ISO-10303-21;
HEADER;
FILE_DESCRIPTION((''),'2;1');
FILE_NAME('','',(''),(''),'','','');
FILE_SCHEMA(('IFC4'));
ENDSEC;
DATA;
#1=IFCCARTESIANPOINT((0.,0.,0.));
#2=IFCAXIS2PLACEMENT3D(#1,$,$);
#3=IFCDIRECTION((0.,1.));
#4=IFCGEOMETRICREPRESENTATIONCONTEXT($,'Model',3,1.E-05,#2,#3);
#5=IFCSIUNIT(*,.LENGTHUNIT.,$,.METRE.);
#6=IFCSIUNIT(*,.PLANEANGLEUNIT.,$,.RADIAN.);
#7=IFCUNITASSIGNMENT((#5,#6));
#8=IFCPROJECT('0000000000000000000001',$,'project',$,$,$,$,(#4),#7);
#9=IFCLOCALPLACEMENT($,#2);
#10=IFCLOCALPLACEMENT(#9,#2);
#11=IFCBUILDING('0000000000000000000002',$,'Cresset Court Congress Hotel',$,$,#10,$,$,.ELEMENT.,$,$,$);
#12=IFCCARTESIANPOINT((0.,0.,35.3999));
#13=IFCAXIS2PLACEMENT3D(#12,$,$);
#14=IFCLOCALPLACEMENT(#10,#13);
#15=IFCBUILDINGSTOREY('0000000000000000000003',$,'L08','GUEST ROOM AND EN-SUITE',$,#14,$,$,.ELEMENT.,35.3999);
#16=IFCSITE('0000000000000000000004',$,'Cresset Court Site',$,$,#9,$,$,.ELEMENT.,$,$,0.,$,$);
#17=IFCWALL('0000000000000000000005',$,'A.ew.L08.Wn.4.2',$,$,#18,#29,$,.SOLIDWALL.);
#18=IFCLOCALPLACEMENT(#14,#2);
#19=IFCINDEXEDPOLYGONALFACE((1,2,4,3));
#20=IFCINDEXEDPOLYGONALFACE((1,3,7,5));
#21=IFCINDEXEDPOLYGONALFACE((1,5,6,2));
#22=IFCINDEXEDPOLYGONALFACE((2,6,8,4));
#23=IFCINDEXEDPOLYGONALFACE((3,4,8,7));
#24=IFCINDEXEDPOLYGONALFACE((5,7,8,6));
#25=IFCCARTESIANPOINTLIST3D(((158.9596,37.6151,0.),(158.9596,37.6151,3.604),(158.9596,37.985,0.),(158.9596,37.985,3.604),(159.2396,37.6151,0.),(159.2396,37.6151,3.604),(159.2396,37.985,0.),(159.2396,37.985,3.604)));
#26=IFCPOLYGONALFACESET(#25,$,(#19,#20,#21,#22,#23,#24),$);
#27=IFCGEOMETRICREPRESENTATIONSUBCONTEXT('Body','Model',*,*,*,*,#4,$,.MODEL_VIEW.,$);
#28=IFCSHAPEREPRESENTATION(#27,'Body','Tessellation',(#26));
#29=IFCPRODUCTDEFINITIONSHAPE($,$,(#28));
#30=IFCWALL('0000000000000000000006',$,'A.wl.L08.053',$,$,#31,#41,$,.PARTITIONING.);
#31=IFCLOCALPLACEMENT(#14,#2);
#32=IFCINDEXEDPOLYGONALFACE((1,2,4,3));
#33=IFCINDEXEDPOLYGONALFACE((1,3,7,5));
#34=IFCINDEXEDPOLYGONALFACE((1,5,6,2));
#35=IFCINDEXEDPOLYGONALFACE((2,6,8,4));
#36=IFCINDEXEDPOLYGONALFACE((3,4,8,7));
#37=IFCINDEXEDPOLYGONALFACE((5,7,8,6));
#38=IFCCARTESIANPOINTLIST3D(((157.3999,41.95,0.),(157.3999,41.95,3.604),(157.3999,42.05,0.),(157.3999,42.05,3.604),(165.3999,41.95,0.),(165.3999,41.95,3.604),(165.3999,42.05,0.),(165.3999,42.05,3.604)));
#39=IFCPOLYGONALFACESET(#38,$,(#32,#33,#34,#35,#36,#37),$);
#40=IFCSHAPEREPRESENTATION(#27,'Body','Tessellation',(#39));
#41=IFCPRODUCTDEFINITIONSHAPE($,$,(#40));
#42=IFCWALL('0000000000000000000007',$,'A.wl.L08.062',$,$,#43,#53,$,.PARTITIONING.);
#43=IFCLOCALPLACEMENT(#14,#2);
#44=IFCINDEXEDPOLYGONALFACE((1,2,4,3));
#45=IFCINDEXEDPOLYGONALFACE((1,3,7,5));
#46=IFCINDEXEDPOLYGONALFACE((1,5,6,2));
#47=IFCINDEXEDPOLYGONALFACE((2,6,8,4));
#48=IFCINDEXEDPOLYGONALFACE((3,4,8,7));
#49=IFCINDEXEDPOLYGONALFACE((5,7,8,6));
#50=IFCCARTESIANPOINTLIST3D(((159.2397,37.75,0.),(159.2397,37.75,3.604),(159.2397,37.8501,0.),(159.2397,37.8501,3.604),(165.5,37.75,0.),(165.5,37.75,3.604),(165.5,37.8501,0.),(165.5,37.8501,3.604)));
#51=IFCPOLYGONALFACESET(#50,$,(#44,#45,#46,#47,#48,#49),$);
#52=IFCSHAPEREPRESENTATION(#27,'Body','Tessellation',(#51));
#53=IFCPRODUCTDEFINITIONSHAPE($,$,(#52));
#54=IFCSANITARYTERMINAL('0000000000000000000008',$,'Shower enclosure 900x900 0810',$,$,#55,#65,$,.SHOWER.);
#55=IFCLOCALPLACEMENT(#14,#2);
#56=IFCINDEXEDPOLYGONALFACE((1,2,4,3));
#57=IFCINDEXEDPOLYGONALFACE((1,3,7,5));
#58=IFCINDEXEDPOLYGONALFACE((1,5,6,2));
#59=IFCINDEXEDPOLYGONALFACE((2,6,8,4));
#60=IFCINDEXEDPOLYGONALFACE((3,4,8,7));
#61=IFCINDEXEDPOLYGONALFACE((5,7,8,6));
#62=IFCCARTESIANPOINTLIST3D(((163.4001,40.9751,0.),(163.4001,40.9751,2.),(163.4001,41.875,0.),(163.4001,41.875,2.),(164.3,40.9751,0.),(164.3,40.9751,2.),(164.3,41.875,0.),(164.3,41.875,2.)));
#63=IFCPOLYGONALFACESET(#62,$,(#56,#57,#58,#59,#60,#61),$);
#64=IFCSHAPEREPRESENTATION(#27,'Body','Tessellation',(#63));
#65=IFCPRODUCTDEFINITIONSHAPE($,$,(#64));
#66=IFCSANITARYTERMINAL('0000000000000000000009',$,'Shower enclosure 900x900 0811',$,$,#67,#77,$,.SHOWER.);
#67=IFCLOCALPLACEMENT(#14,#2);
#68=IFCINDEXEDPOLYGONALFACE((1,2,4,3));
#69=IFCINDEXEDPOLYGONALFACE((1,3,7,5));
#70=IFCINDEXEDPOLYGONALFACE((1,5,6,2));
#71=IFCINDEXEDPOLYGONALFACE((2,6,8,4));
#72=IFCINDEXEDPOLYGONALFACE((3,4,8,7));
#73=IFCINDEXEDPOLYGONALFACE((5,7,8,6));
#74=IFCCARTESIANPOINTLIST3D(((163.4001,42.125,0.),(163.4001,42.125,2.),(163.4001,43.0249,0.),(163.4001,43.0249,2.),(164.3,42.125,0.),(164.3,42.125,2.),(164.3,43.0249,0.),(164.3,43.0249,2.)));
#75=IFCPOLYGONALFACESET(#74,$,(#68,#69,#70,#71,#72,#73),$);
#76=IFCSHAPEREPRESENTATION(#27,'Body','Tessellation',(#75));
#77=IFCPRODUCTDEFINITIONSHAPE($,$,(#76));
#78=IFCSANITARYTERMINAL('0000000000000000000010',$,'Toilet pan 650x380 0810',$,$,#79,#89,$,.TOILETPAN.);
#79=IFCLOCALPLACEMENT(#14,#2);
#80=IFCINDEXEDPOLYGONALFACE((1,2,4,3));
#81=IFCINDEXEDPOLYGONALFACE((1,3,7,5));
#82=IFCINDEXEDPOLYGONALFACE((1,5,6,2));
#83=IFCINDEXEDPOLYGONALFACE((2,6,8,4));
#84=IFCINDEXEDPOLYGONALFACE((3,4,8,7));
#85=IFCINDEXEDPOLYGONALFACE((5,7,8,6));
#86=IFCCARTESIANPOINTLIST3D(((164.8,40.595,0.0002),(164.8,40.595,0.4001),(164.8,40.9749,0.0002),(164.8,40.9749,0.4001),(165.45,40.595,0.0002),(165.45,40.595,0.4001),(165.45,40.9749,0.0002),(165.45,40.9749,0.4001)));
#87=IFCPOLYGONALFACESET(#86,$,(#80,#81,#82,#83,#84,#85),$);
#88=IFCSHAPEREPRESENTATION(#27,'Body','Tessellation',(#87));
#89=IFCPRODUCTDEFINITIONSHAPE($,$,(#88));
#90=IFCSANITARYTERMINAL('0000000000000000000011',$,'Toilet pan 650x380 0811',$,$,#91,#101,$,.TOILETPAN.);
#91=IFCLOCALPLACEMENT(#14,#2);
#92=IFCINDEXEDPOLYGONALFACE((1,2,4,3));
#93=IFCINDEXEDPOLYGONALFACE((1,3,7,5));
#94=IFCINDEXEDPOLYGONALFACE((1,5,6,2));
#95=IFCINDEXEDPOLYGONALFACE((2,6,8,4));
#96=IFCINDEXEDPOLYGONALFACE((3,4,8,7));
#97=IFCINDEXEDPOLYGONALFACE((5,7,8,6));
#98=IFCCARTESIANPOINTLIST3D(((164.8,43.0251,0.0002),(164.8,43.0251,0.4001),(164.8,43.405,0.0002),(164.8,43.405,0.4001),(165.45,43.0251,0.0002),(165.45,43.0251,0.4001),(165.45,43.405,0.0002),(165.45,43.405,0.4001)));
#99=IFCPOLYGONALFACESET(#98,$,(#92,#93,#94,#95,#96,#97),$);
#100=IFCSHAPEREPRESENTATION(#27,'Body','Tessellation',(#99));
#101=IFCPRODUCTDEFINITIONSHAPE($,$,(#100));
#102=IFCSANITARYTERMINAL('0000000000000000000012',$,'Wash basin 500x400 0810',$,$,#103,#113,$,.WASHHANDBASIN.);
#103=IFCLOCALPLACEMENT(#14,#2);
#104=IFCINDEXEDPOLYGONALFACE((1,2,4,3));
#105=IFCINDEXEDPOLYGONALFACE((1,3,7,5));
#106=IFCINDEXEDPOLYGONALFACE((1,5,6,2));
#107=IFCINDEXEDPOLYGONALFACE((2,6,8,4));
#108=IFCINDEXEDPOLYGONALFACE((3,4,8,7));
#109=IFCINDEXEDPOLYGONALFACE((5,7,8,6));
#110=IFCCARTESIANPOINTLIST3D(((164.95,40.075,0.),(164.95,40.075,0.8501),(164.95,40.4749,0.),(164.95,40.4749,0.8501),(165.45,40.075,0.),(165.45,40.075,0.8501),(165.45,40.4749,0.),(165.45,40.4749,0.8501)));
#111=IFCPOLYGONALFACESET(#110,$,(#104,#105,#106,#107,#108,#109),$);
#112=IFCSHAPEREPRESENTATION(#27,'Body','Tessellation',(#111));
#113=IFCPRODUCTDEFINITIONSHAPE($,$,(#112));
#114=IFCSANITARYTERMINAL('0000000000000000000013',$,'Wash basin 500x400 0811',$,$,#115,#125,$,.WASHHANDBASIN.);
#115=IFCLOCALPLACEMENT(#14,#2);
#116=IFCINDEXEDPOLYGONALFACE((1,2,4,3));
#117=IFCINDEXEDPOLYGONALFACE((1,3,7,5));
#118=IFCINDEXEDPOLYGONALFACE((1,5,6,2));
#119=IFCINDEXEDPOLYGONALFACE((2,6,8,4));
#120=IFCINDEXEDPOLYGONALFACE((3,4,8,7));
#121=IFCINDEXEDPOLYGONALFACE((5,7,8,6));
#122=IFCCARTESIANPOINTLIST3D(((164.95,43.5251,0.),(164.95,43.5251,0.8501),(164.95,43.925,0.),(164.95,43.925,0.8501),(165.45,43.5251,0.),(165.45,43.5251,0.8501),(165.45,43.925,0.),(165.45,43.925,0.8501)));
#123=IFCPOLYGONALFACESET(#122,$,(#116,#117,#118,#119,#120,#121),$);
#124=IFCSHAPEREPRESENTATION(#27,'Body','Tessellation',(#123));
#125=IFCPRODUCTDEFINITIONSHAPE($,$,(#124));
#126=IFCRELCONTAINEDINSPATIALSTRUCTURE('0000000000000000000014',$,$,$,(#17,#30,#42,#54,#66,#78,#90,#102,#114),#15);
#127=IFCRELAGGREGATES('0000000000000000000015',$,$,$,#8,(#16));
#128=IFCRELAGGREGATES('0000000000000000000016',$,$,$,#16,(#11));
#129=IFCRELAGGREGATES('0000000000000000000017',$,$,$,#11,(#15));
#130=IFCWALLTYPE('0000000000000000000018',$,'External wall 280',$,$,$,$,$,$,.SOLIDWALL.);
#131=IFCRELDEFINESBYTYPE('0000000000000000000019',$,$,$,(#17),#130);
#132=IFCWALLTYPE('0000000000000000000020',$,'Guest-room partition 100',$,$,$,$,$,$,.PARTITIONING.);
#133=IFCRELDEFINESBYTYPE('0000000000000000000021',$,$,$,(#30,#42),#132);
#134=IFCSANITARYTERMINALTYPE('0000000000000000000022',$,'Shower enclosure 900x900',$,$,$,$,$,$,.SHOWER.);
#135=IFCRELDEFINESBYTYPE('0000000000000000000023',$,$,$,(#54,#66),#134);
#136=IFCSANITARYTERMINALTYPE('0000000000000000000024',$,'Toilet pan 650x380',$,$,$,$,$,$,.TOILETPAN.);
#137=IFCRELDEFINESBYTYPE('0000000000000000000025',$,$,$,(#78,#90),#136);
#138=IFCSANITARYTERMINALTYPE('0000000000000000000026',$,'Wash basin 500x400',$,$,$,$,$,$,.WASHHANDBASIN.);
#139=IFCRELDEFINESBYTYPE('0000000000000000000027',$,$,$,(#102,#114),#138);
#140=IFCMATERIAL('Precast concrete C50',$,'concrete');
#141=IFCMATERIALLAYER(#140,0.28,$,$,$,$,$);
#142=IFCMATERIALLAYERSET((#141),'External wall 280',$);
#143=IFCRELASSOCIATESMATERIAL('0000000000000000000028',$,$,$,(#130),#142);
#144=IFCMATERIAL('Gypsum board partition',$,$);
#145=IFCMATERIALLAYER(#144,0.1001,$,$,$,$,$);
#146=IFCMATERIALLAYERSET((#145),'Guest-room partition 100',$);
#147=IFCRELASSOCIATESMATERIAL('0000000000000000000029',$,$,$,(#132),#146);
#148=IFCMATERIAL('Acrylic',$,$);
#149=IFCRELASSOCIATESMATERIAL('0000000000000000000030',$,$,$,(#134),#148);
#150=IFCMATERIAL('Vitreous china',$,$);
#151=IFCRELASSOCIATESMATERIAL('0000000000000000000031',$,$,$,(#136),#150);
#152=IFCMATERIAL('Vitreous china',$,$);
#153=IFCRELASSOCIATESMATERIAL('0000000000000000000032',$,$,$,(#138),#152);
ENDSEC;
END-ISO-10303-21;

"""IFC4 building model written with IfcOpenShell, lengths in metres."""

from ifc_helpers import new_model, si_unit, direction, frame, frame_2d, origin, origin_2d, place, context, subcontext, project, spatial, rectangle, extrude, material, layer, layer_set, type_object, element, save


model = new_model("IFC4")

# Units and contexts
model_context = context("Model", 3, precision=1e-05, world=origin(), true_north=direction((0.0, 1.0)))
body_context = subcontext(model_context, "Body", "Model", "MODEL_VIEW")
ifc_project = project(units=[si_unit("LENGTHUNIT", "METRE"), si_unit("PLANEANGLEUNIT", "RADIAN")], contexts=[model_context])

# Site, building, storey
site_placement = place(None, origin())
site = spatial("IfcSite", under=ifc_project, at=site_placement, Name="Cresset Court Site", CompositionType="ELEMENT", RefElevation=0.0)
building_placement = place(site_placement, origin())
building = spatial("IfcBuilding", under=site, at=building_placement, Name="Cresset Court Congress Hotel", CompositionType="ELEMENT")
storey_placement = place(building_placement, frame((0.0, 0.0, 35.3999)))
storey = spatial("IfcBuildingStorey", under=building, at=storey_placement, Name="L08", Description="GUEST ROOM AND EN-SUITE", CompositionType="ELEMENT", Elevation=35.3999)

# Shared definitions
ifc_material_1 = material(Name="Precast concrete C50", Category="concrete")
ifc_layer_1 = layer(ifc_material_1, 0.28)
ifc_layer_set_1 = layer_set([ifc_layer_1], Name="External wall 280")
wall_type_1 = type_object("IfcWallType", Name="External wall 280", PredefinedType="SOLIDWALL", material=ifc_layer_set_1)

# Walls
wall_1_placement = place(storey_placement, frame((159.0996, 37.615, 0.0), z_axis=(0.0, 0.0, 1.0), x_axis=(0.0, 1.0, 0.0)))
element("IfcWall", 1, at=wall_1_placement, inside=storey, type_object=wall_type_1, Name="A.ew.L08.Wn.4.2", PredefinedType="SOLIDWALL", context=body_context, shape_type="SweptSolid", body=[
    extrude(rectangle(XDim=0.3699, YDim=0.28, at=frame_2d((0.1851, 0.0))), origin(), (0.0, 0.0, 1.0), 3.604),
])
ifc_material_2 = material(Name="Gypsum board partition")
ifc_layer_2 = layer(ifc_material_2, 0.1001)
ifc_layer_set_2 = layer_set([ifc_layer_2], Name="Guest-room partition 100")
wall_type_2 = type_object("IfcWallType", Name="Guest-room partition 100", PredefinedType="PARTITIONING", material=ifc_layer_set_2)
wall_2_placement = place(storey_placement, frame((157.3999, 42.0, 0.0), z_axis=(0.0, 0.0, 1.0), x_axis=(1.0, 0.0, 0.0)))
element("IfcWall", 2, at=wall_2_placement, inside=storey, type_object=wall_type_2, Name="A.wl.L08.053", PredefinedType="PARTITIONING", context=body_context, shape_type="SweptSolid", body=[
    extrude(rectangle(XDim=8.0, YDim=0.1001, at=frame_2d((4.0, 0.0))), origin(), (0.0, 0.0, 1.0), 3.604),
])
wall_3_placement = place(storey_placement, frame((159.2397, 37.8, 0.0), z_axis=(0.0, 0.0, 1.0), x_axis=(1.0, 0.0, 0.0)))
element("IfcWall", 3, at=wall_3_placement, inside=storey, type_object=wall_type_2, Name="A.wl.L08.062", PredefinedType="PARTITIONING", context=body_context, shape_type="SweptSolid", body=[
    extrude(rectangle(XDim=6.2603, YDim=0.1001, at=frame_2d((3.1301, 0.0))), origin(), (0.0, 0.0, 1.0), 3.604),
])

# Sanitary terminals
ifc_material_3 = material(Name="Acrylic")
sanitary_terminal_type_1 = type_object("IfcSanitaryTerminalType", Name="Shower enclosure 900x900", PredefinedType="SHOWER", material=ifc_material_3)
for number, where, z_axis, x_axis, name in (
    (4, (163.8501, 41.425, 0.0), (0.0, 0.0, 1.0), (1.0, 0.0, 0.0), "Shower enclosure 900x900 0810"),
    (5, (163.8501, 42.575, 0.0), (0.0, 0.0, 1.0), (1.0, 0.0, 0.0), "Shower enclosure 900x900 0811"),
):
    element("IfcSanitaryTerminal", number, at=place(storey_placement, frame(where, z_axis=z_axis, x_axis=x_axis)), inside=storey, type_object=sanitary_terminal_type_1, Name=name, PredefinedType="SHOWER", context=body_context, shape_type="SweptSolid", body=[
        extrude(rectangle(XDim=0.8999, YDim=0.8999, at=origin_2d()), origin(), (0.0, 0.0, 1.0), 2.0),
    ])
ifc_material_4 = material(Name="Vitreous china")
sanitary_terminal_type_2 = type_object("IfcSanitaryTerminalType", Name="Toilet pan 650x380", PredefinedType="TOILETPAN", material=ifc_material_4)
for number, where, z_axis, x_axis, name in (
    (6, (165.125, 40.7849, 0.0002), (0.0, 0.0, 1.0), (1.0, 0.0, 0.0), "Toilet pan 650x380 0810"),
    (7, (165.125, 43.2151, 0.0002), (0.0, 0.0, 1.0), (1.0, 0.0, 0.0), "Toilet pan 650x380 0811"),
):
    element("IfcSanitaryTerminal", number, at=place(storey_placement, frame(where, z_axis=z_axis, x_axis=x_axis)), inside=storey, type_object=sanitary_terminal_type_2, Name=name, PredefinedType="TOILETPAN", context=body_context, shape_type="SweptSolid", body=[
        extrude(rectangle(XDim=0.6499, YDim=0.3799, at=origin_2d()), origin(), (0.0, 0.0, 1.0), 0.3999),
    ])
ifc_material_5 = material(Name="Vitreous china")
sanitary_terminal_type_3 = type_object("IfcSanitaryTerminalType", Name="Wash basin 500x400", PredefinedType="WASHHANDBASIN", material=ifc_material_5)
for number, where, z_axis, x_axis, name in (
    (8, (165.2, 40.2749, 0.0), (0.0, 0.0, 1.0), (1.0, 0.0, 0.0), "Wash basin 500x400 0810"),
    (9, (165.2, 43.7251, 0.0), (0.0, 0.0, 1.0), (1.0, 0.0, 0.0), "Wash basin 500x400 0811"),
):
    element("IfcSanitaryTerminal", number, at=place(storey_placement, frame(where, z_axis=z_axis, x_axis=x_axis)), inside=storey, type_object=sanitary_terminal_type_3, Name=name, PredefinedType="WASHHANDBASIN", context=body_context, shape_type="SweptSolid", body=[
        extrude(rectangle(XDim=0.5, YDim=0.3999, at=origin_2d()), origin(), (0.0, 0.0, 1.0), 0.8501),
    ])

save(model, "model.ifc")
